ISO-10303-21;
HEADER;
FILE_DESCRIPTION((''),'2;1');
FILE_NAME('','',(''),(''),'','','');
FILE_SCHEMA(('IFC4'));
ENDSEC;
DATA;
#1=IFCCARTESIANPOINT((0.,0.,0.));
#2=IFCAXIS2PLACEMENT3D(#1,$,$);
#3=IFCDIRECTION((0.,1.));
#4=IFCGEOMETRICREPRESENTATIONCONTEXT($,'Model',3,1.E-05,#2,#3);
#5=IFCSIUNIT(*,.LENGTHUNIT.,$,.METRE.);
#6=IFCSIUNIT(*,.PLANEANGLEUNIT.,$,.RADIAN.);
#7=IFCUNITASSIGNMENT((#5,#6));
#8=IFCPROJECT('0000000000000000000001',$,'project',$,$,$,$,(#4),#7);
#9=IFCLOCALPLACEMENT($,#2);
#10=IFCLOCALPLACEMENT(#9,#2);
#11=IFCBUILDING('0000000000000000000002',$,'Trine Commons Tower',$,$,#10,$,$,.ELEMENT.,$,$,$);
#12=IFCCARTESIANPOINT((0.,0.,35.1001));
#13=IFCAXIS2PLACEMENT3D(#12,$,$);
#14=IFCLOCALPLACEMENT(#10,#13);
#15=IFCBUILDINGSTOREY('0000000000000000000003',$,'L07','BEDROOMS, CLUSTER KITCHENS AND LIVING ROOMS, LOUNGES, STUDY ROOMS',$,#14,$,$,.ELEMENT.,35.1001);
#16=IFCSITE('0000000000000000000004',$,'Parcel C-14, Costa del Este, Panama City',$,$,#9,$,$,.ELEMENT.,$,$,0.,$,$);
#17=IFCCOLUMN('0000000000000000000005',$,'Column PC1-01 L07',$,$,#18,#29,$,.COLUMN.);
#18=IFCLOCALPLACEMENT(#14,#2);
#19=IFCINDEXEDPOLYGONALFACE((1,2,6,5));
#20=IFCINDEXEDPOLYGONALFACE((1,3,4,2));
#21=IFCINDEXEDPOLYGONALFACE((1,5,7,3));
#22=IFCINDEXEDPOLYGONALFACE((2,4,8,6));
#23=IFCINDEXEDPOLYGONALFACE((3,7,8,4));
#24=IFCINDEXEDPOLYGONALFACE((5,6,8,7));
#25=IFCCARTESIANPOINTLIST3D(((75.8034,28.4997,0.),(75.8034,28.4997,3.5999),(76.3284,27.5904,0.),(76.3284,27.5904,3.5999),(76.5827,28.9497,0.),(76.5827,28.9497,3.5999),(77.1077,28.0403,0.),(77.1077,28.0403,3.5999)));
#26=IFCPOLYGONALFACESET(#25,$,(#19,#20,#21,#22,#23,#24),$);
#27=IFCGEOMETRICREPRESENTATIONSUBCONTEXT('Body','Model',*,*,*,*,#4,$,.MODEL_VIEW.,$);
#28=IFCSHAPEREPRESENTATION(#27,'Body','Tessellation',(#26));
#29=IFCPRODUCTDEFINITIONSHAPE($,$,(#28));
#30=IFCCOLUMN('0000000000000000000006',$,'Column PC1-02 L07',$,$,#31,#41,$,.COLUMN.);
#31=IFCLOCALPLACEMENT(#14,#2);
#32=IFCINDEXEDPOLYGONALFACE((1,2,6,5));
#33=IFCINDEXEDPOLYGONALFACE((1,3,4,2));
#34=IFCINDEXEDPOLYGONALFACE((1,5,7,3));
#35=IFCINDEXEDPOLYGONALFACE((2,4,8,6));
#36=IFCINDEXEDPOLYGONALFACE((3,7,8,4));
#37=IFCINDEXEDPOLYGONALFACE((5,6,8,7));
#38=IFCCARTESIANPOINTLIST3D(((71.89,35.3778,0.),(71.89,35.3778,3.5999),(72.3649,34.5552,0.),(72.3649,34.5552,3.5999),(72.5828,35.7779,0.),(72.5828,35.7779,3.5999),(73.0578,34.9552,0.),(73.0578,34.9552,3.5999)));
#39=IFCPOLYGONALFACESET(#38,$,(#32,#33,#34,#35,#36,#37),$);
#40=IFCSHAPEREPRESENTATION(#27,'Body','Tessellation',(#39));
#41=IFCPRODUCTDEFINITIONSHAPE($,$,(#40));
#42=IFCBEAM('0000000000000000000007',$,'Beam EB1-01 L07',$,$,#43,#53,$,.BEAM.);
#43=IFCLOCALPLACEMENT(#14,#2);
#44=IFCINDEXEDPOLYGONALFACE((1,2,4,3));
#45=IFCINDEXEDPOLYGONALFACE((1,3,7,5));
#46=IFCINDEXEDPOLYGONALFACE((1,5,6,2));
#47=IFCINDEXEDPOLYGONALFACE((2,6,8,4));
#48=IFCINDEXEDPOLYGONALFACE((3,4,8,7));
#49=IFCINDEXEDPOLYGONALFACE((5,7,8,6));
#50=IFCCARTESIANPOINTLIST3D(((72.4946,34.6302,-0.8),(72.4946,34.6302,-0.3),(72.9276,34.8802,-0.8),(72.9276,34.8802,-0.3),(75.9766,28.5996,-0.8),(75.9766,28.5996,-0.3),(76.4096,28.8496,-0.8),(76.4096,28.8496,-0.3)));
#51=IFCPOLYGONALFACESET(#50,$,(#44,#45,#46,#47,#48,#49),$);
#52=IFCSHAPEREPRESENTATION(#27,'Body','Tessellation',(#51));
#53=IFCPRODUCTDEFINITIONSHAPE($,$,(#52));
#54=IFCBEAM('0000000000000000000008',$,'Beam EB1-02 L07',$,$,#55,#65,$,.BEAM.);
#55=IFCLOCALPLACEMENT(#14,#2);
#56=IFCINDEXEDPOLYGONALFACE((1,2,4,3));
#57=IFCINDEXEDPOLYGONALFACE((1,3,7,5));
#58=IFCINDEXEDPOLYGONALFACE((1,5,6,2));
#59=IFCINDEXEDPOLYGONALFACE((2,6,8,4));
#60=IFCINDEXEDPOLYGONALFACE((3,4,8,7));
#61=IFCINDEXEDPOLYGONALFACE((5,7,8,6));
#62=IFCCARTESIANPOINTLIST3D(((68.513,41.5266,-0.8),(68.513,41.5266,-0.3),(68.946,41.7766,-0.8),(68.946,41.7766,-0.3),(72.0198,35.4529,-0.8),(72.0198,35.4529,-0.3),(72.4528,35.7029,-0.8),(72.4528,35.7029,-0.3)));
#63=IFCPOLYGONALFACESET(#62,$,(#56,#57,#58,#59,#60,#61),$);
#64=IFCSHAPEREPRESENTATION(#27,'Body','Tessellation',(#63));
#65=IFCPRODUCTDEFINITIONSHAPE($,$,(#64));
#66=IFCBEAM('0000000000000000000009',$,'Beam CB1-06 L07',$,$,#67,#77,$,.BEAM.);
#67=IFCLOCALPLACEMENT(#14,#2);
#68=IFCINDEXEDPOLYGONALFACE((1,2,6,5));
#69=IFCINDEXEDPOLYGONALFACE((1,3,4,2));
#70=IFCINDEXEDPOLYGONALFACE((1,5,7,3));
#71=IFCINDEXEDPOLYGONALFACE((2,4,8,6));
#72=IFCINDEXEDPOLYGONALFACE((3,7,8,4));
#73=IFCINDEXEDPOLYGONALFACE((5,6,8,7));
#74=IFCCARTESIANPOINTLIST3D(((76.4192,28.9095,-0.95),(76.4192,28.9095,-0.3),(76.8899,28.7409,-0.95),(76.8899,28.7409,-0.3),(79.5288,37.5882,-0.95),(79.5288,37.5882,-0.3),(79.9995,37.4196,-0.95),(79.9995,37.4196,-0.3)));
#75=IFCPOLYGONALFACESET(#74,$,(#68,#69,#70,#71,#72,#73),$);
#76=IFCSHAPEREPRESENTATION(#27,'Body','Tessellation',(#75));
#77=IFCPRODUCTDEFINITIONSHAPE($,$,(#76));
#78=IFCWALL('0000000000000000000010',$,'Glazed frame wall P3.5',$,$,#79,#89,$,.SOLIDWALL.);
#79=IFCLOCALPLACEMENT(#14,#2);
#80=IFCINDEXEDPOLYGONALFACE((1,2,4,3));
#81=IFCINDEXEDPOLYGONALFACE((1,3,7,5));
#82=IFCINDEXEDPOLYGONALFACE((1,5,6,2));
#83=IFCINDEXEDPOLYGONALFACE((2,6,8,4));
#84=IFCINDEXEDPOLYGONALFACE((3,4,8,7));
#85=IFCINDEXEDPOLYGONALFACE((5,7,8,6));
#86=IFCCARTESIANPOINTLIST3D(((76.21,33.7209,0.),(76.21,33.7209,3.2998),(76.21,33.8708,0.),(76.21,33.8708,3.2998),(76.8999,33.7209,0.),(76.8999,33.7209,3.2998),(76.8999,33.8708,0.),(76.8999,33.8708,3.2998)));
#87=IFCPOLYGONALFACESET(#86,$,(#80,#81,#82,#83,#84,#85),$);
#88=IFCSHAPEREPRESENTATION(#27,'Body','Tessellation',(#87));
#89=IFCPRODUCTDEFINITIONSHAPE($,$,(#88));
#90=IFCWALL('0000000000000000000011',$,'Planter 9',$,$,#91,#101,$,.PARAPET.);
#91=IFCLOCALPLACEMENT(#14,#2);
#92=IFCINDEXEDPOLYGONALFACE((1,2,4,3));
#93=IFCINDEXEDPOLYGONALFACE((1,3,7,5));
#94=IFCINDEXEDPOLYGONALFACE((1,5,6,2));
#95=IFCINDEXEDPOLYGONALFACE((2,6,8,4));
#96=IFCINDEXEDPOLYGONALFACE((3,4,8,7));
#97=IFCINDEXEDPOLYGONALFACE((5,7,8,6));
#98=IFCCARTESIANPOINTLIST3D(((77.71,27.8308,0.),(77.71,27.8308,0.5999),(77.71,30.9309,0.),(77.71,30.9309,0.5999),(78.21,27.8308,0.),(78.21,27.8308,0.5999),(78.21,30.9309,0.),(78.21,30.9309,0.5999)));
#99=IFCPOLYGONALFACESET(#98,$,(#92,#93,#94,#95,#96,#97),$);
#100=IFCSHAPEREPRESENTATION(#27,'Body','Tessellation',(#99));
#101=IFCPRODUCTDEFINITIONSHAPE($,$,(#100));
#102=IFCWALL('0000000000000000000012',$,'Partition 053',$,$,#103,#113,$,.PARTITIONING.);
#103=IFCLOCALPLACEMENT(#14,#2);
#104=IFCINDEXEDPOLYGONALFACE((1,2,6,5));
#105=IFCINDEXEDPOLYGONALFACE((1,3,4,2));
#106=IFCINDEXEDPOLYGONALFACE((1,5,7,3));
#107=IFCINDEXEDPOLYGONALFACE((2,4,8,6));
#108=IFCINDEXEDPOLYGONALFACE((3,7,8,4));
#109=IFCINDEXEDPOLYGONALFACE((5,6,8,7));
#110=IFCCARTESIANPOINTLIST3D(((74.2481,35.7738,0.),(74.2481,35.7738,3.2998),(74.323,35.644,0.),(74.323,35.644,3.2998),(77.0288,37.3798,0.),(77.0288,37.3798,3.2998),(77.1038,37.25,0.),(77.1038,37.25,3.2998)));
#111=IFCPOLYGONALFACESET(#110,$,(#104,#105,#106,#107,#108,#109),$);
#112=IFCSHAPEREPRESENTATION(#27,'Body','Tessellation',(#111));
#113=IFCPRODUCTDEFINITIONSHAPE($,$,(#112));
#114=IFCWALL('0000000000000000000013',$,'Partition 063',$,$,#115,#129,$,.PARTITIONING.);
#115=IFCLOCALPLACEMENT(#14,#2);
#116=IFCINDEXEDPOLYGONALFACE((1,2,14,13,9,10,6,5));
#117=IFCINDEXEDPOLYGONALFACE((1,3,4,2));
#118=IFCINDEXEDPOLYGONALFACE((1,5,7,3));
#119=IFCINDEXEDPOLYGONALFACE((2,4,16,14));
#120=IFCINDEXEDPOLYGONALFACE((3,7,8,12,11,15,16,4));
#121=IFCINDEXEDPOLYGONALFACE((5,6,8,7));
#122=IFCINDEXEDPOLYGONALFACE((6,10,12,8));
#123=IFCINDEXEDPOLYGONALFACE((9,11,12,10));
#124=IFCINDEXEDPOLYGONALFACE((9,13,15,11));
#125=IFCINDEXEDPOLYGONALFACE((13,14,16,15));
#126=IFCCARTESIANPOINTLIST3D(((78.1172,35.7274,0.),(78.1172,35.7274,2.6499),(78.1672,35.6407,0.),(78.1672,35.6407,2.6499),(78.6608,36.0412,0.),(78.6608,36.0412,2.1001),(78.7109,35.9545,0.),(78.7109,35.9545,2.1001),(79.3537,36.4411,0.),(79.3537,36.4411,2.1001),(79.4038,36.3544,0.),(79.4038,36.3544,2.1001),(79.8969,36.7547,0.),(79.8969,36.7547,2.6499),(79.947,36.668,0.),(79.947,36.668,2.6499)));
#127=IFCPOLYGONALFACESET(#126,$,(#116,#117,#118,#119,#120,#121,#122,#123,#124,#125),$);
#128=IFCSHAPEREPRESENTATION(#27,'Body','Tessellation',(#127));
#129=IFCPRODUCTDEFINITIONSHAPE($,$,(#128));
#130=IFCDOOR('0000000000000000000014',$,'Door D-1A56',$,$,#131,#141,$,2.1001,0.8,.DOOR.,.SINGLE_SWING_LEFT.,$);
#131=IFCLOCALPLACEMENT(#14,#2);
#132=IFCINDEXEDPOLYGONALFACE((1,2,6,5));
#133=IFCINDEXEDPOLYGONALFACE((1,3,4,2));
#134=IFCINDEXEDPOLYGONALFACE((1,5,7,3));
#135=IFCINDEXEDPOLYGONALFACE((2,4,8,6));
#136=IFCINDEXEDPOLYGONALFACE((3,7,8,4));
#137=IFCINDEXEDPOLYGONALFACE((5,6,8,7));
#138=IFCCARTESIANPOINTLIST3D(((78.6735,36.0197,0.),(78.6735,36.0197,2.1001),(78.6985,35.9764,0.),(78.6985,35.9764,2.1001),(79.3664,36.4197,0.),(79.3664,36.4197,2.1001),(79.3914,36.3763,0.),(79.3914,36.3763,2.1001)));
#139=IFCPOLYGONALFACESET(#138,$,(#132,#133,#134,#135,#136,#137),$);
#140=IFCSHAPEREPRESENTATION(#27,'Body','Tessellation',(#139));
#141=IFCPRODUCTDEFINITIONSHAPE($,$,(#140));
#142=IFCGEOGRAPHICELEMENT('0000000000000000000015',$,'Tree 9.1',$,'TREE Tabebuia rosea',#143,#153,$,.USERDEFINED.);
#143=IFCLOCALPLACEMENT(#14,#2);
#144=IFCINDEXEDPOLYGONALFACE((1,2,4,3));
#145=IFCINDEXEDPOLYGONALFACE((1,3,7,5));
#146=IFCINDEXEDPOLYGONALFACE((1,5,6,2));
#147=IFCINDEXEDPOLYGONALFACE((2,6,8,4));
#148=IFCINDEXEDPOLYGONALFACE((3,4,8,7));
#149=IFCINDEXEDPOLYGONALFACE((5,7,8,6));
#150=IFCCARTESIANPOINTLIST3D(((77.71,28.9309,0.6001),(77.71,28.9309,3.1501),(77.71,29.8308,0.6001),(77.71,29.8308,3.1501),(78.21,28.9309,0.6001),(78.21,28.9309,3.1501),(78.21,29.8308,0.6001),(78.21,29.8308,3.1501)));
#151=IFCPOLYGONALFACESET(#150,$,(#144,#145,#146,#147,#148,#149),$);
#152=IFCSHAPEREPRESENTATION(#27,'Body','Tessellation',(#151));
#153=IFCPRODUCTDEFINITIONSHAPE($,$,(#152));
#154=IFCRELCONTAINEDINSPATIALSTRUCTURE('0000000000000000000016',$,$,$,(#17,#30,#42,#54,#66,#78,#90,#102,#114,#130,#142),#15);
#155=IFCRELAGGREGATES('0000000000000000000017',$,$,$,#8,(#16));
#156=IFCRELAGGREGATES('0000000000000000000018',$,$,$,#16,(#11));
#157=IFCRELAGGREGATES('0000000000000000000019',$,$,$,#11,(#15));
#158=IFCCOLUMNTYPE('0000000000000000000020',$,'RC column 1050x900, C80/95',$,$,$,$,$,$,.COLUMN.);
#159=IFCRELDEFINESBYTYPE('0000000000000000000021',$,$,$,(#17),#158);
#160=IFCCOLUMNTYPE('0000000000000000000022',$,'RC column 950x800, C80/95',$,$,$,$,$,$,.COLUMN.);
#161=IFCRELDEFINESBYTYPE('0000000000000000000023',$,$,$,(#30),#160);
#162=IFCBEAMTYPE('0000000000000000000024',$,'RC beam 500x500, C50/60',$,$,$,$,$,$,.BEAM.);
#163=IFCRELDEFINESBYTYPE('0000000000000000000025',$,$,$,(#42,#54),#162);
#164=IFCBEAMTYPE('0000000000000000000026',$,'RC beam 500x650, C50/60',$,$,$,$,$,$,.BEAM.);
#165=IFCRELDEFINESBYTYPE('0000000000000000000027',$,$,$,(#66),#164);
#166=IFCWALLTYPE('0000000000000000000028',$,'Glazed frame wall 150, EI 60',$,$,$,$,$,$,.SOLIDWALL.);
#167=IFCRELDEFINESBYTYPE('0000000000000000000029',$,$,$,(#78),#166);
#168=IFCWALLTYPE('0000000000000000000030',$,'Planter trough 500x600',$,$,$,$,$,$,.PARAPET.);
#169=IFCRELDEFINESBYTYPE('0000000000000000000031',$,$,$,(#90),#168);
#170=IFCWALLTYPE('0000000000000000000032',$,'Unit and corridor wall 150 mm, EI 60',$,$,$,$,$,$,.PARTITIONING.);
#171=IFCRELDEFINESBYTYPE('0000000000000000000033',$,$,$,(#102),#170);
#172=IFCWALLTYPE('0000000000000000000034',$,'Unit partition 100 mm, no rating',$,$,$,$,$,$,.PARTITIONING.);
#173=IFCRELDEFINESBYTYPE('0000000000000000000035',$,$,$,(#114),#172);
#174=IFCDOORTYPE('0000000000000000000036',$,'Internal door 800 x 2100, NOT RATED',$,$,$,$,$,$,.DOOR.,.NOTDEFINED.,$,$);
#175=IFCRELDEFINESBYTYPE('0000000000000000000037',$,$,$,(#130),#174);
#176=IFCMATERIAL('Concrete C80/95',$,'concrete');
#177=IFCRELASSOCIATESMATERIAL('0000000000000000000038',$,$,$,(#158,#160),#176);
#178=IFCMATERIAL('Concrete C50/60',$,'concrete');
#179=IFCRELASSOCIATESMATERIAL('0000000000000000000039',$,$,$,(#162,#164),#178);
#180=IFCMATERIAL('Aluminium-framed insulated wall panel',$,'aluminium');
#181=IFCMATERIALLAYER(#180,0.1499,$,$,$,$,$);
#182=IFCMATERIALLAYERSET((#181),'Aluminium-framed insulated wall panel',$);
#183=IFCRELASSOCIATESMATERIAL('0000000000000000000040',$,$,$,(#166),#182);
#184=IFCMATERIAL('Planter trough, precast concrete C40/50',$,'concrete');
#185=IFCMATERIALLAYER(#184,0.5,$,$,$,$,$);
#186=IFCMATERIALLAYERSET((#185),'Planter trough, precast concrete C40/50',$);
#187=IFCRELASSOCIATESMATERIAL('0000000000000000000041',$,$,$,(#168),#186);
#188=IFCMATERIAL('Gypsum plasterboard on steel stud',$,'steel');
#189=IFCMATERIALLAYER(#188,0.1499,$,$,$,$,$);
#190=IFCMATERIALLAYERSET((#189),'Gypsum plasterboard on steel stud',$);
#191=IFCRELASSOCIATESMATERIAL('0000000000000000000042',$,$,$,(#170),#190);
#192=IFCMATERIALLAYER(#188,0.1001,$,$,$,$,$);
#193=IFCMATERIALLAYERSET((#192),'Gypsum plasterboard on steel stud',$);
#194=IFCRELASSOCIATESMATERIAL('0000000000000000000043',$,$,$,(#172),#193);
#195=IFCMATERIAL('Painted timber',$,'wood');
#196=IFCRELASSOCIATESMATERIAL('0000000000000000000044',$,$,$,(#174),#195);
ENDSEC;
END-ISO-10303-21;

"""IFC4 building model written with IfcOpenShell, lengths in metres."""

from ifc_helpers import new_model, si_unit, direction, frame, frame_2d, origin, origin_2d, place, context, subcontext, project, spatial, polyline, rectangle, outline, extrude, material, layer, layer_set, material_profile, profile_set, type_object, element, fill, save


model = new_model("IFC4")

# Units and contexts
model_context = context("Model", 3, precision=1e-05, world=origin(), true_north=direction((0.0, 1.0)))
body_context = subcontext(model_context, "Body", "Model", "MODEL_VIEW")
ifc_project = project(units=[si_unit("LENGTHUNIT", "METRE"), si_unit("PLANEANGLEUNIT", "RADIAN")], contexts=[model_context])

# Site, building, storey
site_placement = place(None, origin())
site = spatial("IfcSite", under=ifc_project, at=site_placement, Name="Parcel C-14, Costa del Este, Panama City", CompositionType="ELEMENT", RefElevation=0.0)
building_placement = place(site_placement, origin())
building = spatial("IfcBuilding", under=site, at=building_placement, Name="Trine Commons Tower", CompositionType="ELEMENT")
storey_placement = place(building_placement, frame((0.0, 0.0, 35.1001)))
storey = spatial("IfcBuildingStorey", under=building, at=storey_placement, Name="L07", Description="BEDROOMS, CLUSTER KITCHENS AND LIVING ROOMS, LOUNGES, STUDY ROOMS", CompositionType="ELEMENT", Elevation=35.1001)

# Columns
ifc_material_1 = material(Name="Concrete C80/95", Category="concrete")
ifc_material_profile_1 = material_profile(ifc_material_1, rectangle(XDim=1.05, YDim=0.8999, at=origin_2d()), Name="RC 1050x900")
ifc_profile_set_1 = profile_set([ifc_material_profile_1], Name="Concrete C80/95")
column_type_1 = type_object("IfcColumnType", Name="RC column 1050x900, C80/95", PredefinedType="COLUMN", material=ifc_profile_set_1)
column_1_placement = place(storey_placement, frame((76.4556, 28.27, 0.0), z_axis=(0.0, 0.0, 1.0), x_axis=(-0.5, 0.866025, 0.0)))
element("IfcColumn", 1, at=column_1_placement, inside=storey, type_object=column_type_1, Name="Column PC1-01 L07", PredefinedType="COLUMN", context=body_context, shape_type="SweptSolid", body=[
    extrude(rectangle(XDim=1.05, YDim=0.8999, at=origin_2d()), origin(), (0.0, 0.0, 1.0), 3.5999),
])
ifc_material_profile_2 = material_profile(ifc_material_1, rectangle(XDim=0.95, YDim=0.8, at=origin_2d()), Name="RC 950x800")
ifc_profile_set_2 = profile_set([ifc_material_profile_2], Name="Concrete C80/95")
column_type_2 = type_object("IfcColumnType", Name="RC column 950x800, C80/95", PredefinedType="COLUMN", material=ifc_profile_set_2)
column_2_placement = place(storey_placement, frame((72.4739, 35.1665, 0.0), z_axis=(0.0, 0.0, 1.0), x_axis=(-0.5, 0.866025, 0.0)))
element("IfcColumn", 2, at=column_2_placement, inside=storey, type_object=column_type_2, Name="Column PC1-02 L07", PredefinedType="COLUMN", context=body_context, shape_type="SweptSolid", body=[
    extrude(rectangle(XDim=0.95, YDim=0.8, at=origin_2d()), origin(), (0.0, 0.0, 1.0), 3.5999),
])

# Beams
ifc_material_2 = material(Name="Concrete C50/60", Category="concrete")
ifc_material_profile_3 = material_profile(ifc_material_2, rectangle(XDim=0.5, YDim=0.5, at=origin_2d()), Name="RC 500x500")
ifc_profile_set_3 = profile_set([ifc_material_profile_3], Name="Concrete C50/60")
beam_type_1 = type_object("IfcBeamType", Name="RC beam 500x500, C50/60", PredefinedType="BEAM", material=ifc_profile_set_3)
beam_1_placement = place(storey_placement, frame((76.1931, 28.7246, -0.55), z_axis=(-0.500023, 0.866012, 0.0), x_axis=(-0.866012, -0.500023, 0.0)))
element("IfcBeam", 3, at=beam_1_placement, inside=storey, type_object=beam_type_1, Name="Beam EB1-01 L07", PredefinedType="BEAM", context=body_context, shape_type="SweptSolid", body=[
    extrude(rectangle(XDim=0.5, YDim=0.5, at=origin_2d()), origin(), (0.0, 0.0, 1.0), 6.9636),
])
beam_2_placement = place(storey_placement, frame((72.2363, 35.5779, -0.55), z_axis=(-0.500018, 0.866015, 0.0), x_axis=(-0.866015, -0.500018, 0.0)))
element("IfcBeam", 4, at=beam_2_placement, inside=storey, type_object=beam_type_1, Name="Beam EB1-02 L07", PredefinedType="BEAM", context=body_context, shape_type="SweptSolid", body=[
    extrude(rectangle(XDim=0.5, YDim=0.5, at=origin_2d()), origin(), (0.0, 0.0, 1.0), 7.0134),
])
ifc_material_profile_4 = material_profile(ifc_material_2, rectangle(XDim=0.5, YDim=0.6499, at=origin_2d()), Name="RC 500x650")
ifc_profile_set_4 = profile_set([ifc_material_profile_4], Name="Concrete C50/60")
beam_type_2 = type_object("IfcBeamType", Name="RC beam 500x650, C50/60", PredefinedType="BEAM", material=ifc_profile_set_4)
beam_3_placement = place(storey_placement, frame((76.6545, 28.8252, -0.625), z_axis=(0.337306, 0.941395, 0.0), x_axis=(-0.941395, 0.337306, 0.0)))
element("IfcBeam", 5, at=beam_3_placement, inside=storey, type_object=beam_type_2, Name="Beam CB1-06 L07", PredefinedType="BEAM", context=body_context, shape_type="SweptSolid", body=[
    extrude(rectangle(XDim=0.5, YDim=0.6499, at=origin_2d()), origin(), (0.0, 0.0, 1.0), 9.219),
])

# Wall
ifc_material_3 = material(Name="Aluminium-framed insulated wall panel", Category="aluminium")
ifc_layer_1 = layer(ifc_material_3, 0.1499)
ifc_layer_set_1 = layer_set([ifc_layer_1], Name="Aluminium-framed insulated wall panel")
wall_type_1 = type_object("IfcWallType", Name="Glazed frame wall 150, EI 60", PredefinedType="SOLIDWALL", material=ifc_layer_set_1)
wall_1_placement = place(storey_placement, frame((76.8999, 33.7959, 0.0), z_axis=(0.0, 0.0, 1.0), x_axis=(-1.0, 0.0, 0.0)))
element("IfcWall", 6, at=wall_1_placement, inside=storey, type_object=wall_type_1, Name="Glazed frame wall P3.5", PredefinedType="SOLIDWALL", context=body_context, shape_type="SweptSolid", body=[
    extrude(outline(polyline([(0.6899, 0.075), (0.0, 0.075), (0.0, -0.075), (0.6899, -0.075), (0.6899, 0.075)])), origin(), (0.0, 0.0, 1.0), 3.2998),
])

# Walls
ifc_material_4 = material(Name="Planter trough, precast concrete C40/50", Category="concrete")
ifc_layer_2 = layer(ifc_material_4, 0.5)
ifc_layer_set_2 = layer_set([ifc_layer_2], Name="Planter trough, precast concrete C40/50")
wall_type_2 = type_object("IfcWallType", Name="Planter trough 500x600", PredefinedType="PARAPET", material=ifc_layer_set_2)
wall_2_placement = place(storey_placement, frame((77.96, 30.9309, 0.0), z_axis=(0.0, 0.0, 1.0), x_axis=(0.0, -1.0, 0.0)))
element("IfcWall", 7, at=wall_2_placement, inside=storey, type_object=wall_type_2, Name="Planter 9", PredefinedType="PARAPET", context=body_context, shape_type="SweptSolid", body=[
    extrude(rectangle(XDim=3.1001, YDim=0.5, at=frame_2d((1.55, 0.0))), origin(), (0.0, 0.0, 1.0), 0.5999),
])
ifc_material_5 = material(Name="Gypsum plasterboard on steel stud", Category="steel")
ifc_layer_3 = layer(ifc_material_5, 0.1499)
ifc_layer_set_3 = layer_set([ifc_layer_3], Name="Gypsum plasterboard on steel stud")
wall_type_3 = type_object("IfcWallType", Name="Unit and corridor wall 150 mm, EI 60", PredefinedType="PARTITIONING", material=ifc_layer_set_3)
wall_3_placement = place(storey_placement, frame((74.2856, 35.709, 0.0), z_axis=(0.0, 0.0, 1.0), x_axis=(0.86596, 0.500113, 0.0)))
element("IfcWall", 8, at=wall_3_placement, inside=storey, type_object=wall_type_3, Name="Partition 053", PredefinedType="PARTITIONING", context=body_context, shape_type="SweptSolid", body=[
    extrude(rectangle(XDim=3.2112, YDim=0.1499, at=frame_2d((1.6055, 0.0))), origin(), (0.0, 0.0, 1.0), 3.2998),
])

# Wall, opening, door
ifc_layer_4 = layer(ifc_material_5, 0.1001)
ifc_layer_set_4 = layer_set([ifc_layer_4], Name="Gypsum plasterboard on steel stud")
wall_type_4 = type_object("IfcWallType", Name="Unit partition 100 mm, no rating", PredefinedType="PARTITIONING", material=ifc_layer_set_4)
wall_4_placement = place(storey_placement, frame((78.1423, 35.6841, 0.0), z_axis=(0.0, 0.0, 1.0), x_axis=(0.866071, 0.499921, 0.0)))
wall_4 = element("IfcWall", 9, at=wall_4_placement, inside=storey, type_object=wall_type_4, Name="Partition 063", PredefinedType="PARTITIONING", context=body_context, shape_type="SweptSolid", body=[
    extrude(rectangle(XDim=2.0549, YDim=0.1001, at=frame_2d((1.0273, 0.0))), origin(), (0.0, 0.0, 1.0), 2.6499),
])
opening_1_placement = place(wall_4_placement, frame((0.6277, 0.0, 0.0)))
opening_1 = element("IfcOpeningElement", 10, at=opening_1_placement, cuts=wall_4, PredefinedType="OPENING", context=body_context, shape_type="SweptSolid", body=[
    extrude(rectangle(XDim=0.8, YDim=2.1001, at=frame_2d((0.3999, 1.05))), frame((0.0, 0.0601, 0.0), z_axis=(0.0, -1.0, 0.0), x_axis=(1.0, 0.0, 0.0)), (0.0, 0.0, 1.0), 0.1201),
])
ifc_material_6 = material(Name="Painted timber", Category="wood")
door_type_1 = type_object("IfcDoorType", Name="Internal door 800 x 2100, NOT RATED", OperationType="NOTDEFINED", PredefinedType="DOOR", material=ifc_material_6)
door_1_placement = place(opening_1_placement, frame((0.8, 0.0, 0.0), z_axis=(0.0, 0.0, 1.0), x_axis=(-1.0, 0.0, 0.0)))
door_1 = element("IfcDoor", 11, at=door_1_placement, inside=storey, type_object=door_type_1, Name="Door D-1A56", OperationType="SINGLE_SWING_LEFT", OverallHeight=2.1001, OverallWidth=0.8, PredefinedType="DOOR", context=body_context, shape_type="SweptSolid", body=[
    extrude(rectangle(XDim=0.8, YDim=2.1001, at=frame_2d((0.3999, 1.05))), frame((0.0, 0.0249, 0.0), z_axis=(0.0, -1.0, 0.0), x_axis=(1.0, 0.0, 0.0)), (0.0, 0.0, 1.0), 0.05),
])
fill(opening_1, door_1)

# Geographic element
geographic_element_placement = place(storey_placement, frame((77.96, 29.3809, 0.6001), z_axis=(0.0, 0.0, 1.0), x_axis=(0.0, -1.0, 0.0)))
element("IfcGeographicElement", 12, at=geographic_element_placement, inside=storey, Name="Tree 9.1", ObjectType="TREE Tabebuia rosea", PredefinedType="USERDEFINED", context=body_context, shape_type="SweptSolid", body=[
    extrude(rectangle(XDim=0.8999, YDim=0.5, at=origin_2d()), origin(), (0.0, 0.0, 1.0), 2.55),
])

save(model, "model.ifc")
